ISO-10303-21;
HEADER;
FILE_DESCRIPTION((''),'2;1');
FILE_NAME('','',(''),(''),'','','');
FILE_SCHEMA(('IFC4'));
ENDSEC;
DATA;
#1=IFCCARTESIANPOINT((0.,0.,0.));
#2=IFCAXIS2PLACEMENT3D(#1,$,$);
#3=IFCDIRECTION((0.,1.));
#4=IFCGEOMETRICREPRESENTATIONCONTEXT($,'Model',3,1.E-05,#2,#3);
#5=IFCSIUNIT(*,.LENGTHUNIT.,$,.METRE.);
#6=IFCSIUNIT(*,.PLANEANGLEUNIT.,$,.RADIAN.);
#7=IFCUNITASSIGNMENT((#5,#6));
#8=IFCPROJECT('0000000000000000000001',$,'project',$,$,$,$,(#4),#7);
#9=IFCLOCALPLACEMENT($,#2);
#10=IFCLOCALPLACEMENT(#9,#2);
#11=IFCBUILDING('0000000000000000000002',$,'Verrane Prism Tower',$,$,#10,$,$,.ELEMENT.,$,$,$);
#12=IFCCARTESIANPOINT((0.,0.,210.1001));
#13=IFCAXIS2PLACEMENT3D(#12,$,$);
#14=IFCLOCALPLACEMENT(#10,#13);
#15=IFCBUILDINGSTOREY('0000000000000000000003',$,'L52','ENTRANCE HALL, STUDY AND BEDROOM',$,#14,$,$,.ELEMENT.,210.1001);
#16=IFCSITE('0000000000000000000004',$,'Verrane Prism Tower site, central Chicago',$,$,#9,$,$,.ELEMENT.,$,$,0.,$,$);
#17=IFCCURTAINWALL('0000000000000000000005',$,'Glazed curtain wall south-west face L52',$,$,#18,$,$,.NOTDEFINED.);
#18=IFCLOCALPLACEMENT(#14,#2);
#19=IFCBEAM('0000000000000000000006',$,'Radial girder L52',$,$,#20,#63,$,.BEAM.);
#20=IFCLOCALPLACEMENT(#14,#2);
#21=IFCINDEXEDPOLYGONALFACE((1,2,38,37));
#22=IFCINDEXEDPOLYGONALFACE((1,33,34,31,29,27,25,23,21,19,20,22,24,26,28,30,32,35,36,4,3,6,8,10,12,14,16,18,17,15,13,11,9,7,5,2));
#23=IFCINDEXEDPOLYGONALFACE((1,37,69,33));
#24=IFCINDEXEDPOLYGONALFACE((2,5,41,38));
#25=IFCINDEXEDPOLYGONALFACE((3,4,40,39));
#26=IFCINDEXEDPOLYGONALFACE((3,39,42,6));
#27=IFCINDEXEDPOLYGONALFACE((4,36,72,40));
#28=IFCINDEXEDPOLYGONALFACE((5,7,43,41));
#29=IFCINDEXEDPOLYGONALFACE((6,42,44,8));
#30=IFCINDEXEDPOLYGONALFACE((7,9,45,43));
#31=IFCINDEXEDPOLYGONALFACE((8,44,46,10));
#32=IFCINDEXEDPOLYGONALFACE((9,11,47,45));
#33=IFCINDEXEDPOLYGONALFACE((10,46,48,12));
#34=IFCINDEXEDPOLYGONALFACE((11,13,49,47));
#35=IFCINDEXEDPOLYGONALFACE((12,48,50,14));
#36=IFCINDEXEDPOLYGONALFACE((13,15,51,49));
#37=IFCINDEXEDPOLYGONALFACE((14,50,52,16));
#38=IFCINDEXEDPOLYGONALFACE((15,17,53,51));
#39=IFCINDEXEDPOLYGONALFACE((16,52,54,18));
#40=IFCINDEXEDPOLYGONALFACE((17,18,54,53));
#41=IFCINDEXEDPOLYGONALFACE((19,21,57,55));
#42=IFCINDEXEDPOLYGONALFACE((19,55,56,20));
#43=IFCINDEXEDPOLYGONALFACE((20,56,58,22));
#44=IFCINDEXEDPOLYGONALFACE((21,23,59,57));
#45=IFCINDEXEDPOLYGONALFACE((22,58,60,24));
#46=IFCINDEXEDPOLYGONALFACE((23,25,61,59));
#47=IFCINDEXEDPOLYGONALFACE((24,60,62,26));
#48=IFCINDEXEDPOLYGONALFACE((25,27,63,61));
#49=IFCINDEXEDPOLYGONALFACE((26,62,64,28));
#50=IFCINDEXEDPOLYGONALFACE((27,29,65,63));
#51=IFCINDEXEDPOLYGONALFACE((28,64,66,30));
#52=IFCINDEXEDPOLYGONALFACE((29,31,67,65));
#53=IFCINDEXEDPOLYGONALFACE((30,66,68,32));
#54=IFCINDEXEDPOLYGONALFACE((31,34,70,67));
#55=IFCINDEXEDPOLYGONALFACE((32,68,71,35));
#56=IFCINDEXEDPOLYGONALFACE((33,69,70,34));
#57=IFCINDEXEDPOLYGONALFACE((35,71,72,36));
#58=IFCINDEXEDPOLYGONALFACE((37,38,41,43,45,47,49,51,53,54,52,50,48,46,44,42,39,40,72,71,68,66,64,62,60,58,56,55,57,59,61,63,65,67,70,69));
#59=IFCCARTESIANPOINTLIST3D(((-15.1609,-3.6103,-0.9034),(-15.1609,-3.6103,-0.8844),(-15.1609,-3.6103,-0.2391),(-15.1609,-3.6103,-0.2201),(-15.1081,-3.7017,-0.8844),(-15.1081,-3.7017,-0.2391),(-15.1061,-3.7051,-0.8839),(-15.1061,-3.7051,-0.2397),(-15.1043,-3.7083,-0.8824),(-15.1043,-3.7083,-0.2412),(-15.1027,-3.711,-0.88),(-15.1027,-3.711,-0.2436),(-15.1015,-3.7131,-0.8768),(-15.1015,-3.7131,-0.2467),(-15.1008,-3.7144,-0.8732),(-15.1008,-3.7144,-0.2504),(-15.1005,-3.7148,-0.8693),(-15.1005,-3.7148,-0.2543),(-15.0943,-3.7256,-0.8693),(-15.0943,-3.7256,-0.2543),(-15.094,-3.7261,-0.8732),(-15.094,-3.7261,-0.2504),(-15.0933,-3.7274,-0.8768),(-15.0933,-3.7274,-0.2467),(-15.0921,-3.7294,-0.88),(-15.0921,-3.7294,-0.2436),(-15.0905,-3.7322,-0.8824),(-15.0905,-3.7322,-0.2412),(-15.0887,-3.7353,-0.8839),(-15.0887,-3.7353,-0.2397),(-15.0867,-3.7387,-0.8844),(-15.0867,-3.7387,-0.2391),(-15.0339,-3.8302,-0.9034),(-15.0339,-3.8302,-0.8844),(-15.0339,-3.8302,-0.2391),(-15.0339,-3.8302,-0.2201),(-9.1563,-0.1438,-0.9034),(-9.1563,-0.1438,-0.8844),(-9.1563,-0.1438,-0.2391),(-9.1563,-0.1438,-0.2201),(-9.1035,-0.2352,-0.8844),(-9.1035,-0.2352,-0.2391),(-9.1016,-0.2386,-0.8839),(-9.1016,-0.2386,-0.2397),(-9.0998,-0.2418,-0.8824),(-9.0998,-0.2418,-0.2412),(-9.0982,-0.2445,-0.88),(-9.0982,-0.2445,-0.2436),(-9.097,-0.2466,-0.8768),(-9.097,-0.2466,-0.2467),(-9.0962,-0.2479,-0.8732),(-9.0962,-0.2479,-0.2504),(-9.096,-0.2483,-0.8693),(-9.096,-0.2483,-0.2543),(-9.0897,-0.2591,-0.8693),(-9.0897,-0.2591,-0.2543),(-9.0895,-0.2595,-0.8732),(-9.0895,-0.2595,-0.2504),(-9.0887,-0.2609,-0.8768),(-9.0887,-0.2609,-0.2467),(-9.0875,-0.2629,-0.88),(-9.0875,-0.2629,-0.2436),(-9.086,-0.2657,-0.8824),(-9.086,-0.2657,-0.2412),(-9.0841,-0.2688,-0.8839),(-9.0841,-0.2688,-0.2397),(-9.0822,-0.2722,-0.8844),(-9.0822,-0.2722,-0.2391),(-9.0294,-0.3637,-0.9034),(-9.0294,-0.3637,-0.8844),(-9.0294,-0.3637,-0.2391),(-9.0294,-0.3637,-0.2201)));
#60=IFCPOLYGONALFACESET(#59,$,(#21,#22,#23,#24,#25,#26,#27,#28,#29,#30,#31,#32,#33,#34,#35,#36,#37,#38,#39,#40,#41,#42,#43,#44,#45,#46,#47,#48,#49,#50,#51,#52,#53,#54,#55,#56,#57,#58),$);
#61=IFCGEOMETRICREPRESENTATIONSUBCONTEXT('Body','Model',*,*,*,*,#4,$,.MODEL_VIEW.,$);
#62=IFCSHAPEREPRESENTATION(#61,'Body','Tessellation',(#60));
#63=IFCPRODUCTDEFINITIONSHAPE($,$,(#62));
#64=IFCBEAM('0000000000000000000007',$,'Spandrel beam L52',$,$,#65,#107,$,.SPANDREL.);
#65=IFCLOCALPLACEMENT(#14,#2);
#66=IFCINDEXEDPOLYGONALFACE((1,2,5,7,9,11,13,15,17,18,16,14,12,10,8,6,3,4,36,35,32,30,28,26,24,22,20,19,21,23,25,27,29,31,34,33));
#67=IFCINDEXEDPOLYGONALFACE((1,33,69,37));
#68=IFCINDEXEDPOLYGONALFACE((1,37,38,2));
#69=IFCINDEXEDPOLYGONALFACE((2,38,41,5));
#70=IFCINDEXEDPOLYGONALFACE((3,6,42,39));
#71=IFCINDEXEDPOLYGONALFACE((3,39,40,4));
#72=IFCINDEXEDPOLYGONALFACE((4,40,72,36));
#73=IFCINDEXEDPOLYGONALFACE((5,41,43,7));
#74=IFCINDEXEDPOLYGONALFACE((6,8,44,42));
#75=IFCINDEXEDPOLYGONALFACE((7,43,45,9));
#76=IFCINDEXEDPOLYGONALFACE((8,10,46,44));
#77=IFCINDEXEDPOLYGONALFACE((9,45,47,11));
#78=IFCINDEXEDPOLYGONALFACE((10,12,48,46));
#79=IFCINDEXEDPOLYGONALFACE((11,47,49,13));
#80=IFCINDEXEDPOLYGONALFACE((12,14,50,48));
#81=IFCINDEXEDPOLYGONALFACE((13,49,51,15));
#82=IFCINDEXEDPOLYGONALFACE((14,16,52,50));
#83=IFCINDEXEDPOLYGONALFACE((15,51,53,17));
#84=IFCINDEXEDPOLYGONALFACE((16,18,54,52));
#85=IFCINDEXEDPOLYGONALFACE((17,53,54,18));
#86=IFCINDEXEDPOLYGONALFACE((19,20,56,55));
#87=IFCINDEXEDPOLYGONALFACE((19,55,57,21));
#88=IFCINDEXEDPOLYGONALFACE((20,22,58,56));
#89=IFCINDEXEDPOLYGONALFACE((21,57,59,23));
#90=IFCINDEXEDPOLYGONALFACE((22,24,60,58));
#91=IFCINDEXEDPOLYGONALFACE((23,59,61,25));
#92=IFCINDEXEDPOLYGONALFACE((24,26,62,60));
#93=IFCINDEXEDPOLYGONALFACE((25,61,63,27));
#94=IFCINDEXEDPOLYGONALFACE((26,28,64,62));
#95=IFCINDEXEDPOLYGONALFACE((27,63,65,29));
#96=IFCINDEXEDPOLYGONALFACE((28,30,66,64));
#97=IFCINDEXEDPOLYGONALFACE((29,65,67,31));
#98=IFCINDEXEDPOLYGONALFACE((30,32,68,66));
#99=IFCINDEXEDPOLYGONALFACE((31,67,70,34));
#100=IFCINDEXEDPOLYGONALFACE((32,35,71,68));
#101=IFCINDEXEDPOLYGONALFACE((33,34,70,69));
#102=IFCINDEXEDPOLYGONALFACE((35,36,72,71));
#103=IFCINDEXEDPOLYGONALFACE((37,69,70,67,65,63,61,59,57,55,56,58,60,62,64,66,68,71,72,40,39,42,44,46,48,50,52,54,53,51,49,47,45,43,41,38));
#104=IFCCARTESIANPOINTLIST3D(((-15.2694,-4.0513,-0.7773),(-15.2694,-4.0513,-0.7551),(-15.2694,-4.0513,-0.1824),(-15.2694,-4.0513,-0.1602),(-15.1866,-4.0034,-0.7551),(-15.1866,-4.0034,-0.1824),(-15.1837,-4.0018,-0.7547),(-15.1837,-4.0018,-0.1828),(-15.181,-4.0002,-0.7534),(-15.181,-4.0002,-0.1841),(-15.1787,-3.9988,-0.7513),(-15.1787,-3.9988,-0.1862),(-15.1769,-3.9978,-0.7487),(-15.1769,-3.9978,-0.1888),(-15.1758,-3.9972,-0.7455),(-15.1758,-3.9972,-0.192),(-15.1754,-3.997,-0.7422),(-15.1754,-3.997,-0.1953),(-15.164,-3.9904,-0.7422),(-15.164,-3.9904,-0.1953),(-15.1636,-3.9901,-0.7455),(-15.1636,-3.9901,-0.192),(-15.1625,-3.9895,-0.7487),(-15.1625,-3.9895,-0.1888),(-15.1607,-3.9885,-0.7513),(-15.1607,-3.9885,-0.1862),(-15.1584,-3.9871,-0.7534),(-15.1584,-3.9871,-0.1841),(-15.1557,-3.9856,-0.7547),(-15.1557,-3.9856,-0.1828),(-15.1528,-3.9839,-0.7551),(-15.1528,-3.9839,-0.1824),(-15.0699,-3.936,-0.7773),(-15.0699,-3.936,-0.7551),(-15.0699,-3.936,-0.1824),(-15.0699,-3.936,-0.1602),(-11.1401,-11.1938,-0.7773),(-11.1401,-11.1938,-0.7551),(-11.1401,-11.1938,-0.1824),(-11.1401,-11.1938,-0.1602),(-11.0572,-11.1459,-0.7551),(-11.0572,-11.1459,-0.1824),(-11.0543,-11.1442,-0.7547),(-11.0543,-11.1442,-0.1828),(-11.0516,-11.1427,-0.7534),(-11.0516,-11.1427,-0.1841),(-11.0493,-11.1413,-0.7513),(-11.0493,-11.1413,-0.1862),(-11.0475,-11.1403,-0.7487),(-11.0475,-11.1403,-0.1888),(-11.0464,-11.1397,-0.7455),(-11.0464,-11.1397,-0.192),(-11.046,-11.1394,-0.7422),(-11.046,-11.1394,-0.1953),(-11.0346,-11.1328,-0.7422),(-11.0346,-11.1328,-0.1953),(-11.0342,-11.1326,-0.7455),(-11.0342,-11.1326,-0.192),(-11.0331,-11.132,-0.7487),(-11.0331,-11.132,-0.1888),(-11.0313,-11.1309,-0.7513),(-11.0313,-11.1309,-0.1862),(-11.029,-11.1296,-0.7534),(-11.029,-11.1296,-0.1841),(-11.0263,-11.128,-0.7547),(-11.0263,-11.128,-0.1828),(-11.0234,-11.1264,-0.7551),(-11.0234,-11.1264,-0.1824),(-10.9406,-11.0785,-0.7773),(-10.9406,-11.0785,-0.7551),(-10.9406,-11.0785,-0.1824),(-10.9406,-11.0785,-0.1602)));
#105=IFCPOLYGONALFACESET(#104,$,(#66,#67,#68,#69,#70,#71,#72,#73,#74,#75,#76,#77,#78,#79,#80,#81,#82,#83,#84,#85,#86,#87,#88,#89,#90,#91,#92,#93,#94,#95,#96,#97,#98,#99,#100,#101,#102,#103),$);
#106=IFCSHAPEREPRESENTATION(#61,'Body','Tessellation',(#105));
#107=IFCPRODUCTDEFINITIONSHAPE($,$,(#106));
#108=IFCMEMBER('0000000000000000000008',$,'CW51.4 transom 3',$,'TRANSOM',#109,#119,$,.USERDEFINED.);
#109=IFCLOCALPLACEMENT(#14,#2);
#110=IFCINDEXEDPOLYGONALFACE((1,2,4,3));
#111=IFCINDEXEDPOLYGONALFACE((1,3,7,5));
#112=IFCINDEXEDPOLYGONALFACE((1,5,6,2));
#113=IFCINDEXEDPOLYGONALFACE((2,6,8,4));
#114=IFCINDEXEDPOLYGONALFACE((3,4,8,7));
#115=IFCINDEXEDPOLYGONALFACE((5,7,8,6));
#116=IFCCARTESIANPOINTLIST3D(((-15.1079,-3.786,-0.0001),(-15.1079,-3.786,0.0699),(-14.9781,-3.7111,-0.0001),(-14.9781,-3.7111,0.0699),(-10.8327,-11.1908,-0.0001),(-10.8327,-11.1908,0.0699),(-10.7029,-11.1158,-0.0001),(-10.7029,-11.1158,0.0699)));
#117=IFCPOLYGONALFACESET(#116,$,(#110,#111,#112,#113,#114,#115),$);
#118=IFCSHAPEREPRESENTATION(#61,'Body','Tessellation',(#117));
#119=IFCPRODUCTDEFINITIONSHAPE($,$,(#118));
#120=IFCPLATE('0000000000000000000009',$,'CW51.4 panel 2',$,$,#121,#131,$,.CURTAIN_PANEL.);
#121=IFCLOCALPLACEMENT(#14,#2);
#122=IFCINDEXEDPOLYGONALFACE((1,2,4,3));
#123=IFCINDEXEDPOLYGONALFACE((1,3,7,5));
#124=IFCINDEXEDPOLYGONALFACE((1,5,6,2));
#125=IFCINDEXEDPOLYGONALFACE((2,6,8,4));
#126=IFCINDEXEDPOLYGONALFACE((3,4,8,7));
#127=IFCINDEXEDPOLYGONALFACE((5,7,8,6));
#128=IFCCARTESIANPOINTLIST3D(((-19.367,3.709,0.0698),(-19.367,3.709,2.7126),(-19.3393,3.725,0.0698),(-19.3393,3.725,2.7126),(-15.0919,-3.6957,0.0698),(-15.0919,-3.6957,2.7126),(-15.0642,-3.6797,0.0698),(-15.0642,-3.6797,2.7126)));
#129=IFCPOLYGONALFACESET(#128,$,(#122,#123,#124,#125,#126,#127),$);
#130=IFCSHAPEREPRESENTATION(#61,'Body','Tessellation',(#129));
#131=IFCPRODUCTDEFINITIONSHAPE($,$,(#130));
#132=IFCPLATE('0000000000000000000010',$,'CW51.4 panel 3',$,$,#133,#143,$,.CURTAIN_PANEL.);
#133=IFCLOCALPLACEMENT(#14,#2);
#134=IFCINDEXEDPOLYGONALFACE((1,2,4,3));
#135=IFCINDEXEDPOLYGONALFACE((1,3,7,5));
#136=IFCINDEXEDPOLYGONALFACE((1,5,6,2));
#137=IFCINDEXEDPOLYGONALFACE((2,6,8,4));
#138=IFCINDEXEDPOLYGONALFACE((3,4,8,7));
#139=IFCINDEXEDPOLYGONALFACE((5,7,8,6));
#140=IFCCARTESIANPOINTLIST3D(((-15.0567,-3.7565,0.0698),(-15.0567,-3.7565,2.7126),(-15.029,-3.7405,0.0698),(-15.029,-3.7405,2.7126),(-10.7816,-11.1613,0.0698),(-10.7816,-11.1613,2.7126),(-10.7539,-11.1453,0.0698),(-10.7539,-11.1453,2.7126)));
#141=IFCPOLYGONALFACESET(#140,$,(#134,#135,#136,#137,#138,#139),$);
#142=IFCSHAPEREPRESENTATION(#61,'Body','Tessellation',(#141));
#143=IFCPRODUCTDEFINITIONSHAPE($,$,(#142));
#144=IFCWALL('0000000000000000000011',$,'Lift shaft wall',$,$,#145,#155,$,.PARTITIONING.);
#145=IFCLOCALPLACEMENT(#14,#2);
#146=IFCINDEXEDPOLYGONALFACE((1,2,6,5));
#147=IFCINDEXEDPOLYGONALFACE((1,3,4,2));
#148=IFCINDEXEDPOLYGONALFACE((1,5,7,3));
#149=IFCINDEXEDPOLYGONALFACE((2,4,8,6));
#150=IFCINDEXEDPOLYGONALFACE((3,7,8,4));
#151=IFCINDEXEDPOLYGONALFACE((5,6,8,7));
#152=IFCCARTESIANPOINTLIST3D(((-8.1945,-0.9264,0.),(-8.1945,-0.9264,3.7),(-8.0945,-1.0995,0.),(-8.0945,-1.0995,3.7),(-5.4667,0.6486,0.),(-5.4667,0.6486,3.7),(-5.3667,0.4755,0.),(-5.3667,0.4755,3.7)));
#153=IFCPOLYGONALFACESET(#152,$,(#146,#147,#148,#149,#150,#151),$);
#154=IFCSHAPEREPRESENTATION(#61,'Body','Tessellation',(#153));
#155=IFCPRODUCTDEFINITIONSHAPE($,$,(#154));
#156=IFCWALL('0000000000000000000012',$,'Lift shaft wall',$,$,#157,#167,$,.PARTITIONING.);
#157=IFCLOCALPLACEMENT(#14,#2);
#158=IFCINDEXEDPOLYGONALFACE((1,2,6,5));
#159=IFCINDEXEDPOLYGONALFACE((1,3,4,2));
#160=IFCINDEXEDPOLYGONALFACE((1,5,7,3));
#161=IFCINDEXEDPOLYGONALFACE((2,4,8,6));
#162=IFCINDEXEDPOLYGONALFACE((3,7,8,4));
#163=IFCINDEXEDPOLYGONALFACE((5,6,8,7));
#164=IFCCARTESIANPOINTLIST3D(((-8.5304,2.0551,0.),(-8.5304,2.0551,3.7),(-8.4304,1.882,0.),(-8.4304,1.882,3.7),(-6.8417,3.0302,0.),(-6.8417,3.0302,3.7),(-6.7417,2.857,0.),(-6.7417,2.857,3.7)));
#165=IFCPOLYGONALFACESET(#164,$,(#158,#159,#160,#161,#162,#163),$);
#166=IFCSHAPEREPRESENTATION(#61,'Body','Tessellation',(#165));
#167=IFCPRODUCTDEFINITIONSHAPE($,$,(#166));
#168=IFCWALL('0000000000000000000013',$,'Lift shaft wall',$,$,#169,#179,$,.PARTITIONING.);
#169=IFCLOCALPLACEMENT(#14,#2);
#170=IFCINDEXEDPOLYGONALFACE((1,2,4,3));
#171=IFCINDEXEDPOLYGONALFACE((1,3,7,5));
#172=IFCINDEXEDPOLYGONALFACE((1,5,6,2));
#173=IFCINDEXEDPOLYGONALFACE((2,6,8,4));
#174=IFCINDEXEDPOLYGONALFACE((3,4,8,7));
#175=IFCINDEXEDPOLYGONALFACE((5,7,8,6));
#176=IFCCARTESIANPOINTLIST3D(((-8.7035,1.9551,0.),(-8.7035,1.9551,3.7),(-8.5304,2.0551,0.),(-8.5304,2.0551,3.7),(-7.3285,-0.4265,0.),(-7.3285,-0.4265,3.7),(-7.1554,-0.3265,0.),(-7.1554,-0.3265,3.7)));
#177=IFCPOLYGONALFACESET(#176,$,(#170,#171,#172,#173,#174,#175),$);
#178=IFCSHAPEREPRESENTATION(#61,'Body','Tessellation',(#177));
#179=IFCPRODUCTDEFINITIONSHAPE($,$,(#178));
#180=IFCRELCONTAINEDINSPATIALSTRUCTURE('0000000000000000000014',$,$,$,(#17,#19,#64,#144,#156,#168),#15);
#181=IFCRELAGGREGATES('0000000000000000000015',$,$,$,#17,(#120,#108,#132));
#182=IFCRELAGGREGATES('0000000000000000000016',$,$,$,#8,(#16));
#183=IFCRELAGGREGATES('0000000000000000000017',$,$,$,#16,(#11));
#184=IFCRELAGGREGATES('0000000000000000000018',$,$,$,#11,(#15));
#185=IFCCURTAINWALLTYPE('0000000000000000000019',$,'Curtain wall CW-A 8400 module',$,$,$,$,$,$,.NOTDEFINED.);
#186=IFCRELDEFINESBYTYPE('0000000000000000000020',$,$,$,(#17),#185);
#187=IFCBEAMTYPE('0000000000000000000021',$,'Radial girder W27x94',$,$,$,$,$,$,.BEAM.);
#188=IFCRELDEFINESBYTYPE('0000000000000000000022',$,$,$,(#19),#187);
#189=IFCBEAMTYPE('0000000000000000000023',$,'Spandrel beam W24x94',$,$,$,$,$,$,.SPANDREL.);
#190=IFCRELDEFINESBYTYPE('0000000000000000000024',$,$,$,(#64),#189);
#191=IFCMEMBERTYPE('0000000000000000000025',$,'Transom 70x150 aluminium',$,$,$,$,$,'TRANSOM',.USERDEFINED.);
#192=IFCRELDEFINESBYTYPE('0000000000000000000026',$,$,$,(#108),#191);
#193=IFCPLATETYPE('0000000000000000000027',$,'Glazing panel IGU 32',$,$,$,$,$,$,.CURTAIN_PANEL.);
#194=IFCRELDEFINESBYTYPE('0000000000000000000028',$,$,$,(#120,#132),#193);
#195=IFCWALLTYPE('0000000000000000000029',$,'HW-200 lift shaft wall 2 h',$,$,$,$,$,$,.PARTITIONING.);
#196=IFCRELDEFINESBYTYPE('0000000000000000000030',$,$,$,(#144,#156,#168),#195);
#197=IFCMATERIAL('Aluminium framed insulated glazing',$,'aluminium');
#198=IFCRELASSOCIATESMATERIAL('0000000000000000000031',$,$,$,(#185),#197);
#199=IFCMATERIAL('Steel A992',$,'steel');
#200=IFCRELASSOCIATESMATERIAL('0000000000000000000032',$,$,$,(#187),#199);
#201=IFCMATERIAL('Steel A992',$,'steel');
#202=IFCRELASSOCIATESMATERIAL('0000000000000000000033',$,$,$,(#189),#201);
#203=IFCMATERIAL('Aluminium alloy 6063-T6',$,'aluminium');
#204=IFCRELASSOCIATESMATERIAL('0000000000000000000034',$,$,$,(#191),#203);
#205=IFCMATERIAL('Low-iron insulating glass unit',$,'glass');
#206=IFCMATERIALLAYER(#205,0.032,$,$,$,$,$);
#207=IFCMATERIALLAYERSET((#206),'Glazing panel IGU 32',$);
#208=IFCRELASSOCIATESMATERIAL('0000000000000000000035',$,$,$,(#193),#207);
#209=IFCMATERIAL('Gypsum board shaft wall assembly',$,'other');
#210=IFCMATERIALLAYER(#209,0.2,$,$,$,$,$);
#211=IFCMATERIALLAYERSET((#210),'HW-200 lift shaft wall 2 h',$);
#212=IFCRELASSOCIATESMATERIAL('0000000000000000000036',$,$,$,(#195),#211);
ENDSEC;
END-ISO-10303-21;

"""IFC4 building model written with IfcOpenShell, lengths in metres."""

from ifc_helpers import new_model, si_unit, direction, frame, frame_2d, origin, origin_2d, place, context, subcontext, project, spatial, rectangle, i_section, extrude, material, layer, layer_set, material_profile, profile_set, type_object, element, aggregate, save


model = new_model("IFC4")

# Units and contexts
model_context = context("Model", 3, precision=1e-05, world=origin(), true_north=direction((0.0, 1.0)))
body_context = subcontext(model_context, "Body", "Model", "MODEL_VIEW")
ifc_project = project(units=[si_unit("LENGTHUNIT", "METRE"), si_unit("PLANEANGLEUNIT", "RADIAN")], contexts=[model_context])

# Site, building, storey
site_placement = place(None, origin())
site = spatial("IfcSite", under=ifc_project, at=site_placement, Name="Verrane Prism Tower site, central Chicago", CompositionType="ELEMENT", RefElevation=0.0)
building_placement = place(site_placement, origin())
building = spatial("IfcBuilding", under=site, at=building_placement, Name="Verrane Prism Tower", CompositionType="ELEMENT")
storey_placement = place(building_placement, frame((0.0, 0.0, 210.1001)))
storey = spatial("IfcBuildingStorey", under=building, at=storey_placement, Name="L52", Description="ENTRANCE HALL, STUDY AND BEDROOM", CompositionType="ELEMENT", Elevation=210.1001)

# Curtain wall
ifc_material_1 = material(Name="Aluminium framed insulated glazing", Category="aluminium")
curtain_wall_type = type_object("IfcCurtainWallType", Name="Curtain wall CW-A 8400 module", PredefinedType="NOTDEFINED", material=ifc_material_1)
curtain_wall_placement = place(storey_placement, origin())
curtain_wall = element("IfcCurtainWall", 1, at=curtain_wall_placement, inside=storey, type_object=curtain_wall_type, Name="Glazed curtain wall south-west face L52", PredefinedType="NOTDEFINED")

# Beams
ifc_material_2 = material(Name="Steel A992", Category="steel")
ifc_material_profile_1 = material_profile(ifc_material_2, i_section(OverallWidth=0.2539, OverallDepth=0.6833, WebThickness=0.0125, FlangeThickness=0.019, FilletRadius=0.0151, at=origin_2d()), Name="W27x94")
ifc_profile_set_1 = profile_set([ifc_material_profile_1], Name="Steel A992")
beam_type_1 = type_object("IfcBeamType", Name="Radial girder W27x94", PredefinedType="BEAM", material=ifc_profile_set_1)
beam_1_placement = place(storey_placement, frame((-15.0974, -3.7202, -0.5618), z_axis=(0.86604, 0.499975, 0.0), x_axis=(-0.499975, 0.86604, 0.0)))
element("IfcBeam", 2, at=beam_1_placement, inside=storey, type_object=beam_type_1, Name="Radial girder L52", PredefinedType="BEAM", context=body_context, shape_type="SweptSolid", body=[
    extrude(i_section(OverallWidth=0.2539, OverallDepth=0.6833, WebThickness=0.0125, FlangeThickness=0.019, FilletRadius=0.0151, at=origin_2d()), origin(), (0.0, 0.0, 1.0), 6.9333),
])
ifc_material_3 = material(Name="Steel A992", Category="steel")
ifc_material_profile_2 = material_profile(ifc_material_3, i_section(OverallWidth=0.2305, OverallDepth=0.6172, WebThickness=0.0132, FlangeThickness=0.0222, FilletRadius=0.0129, at=origin_2d()), Name="W24x94")
ifc_profile_set_2 = profile_set([ifc_material_profile_2], Name="Steel A992")
beam_type_2 = type_object("IfcBeamType", Name="Spandrel beam W24x94", PredefinedType="SPANDREL", material=ifc_profile_set_2)
beam_2_placement = place(storey_placement, frame((-15.1697, -3.9937, -0.4688), z_axis=(0.500511, -0.86573, 0.0), x_axis=(0.86573, 0.500511, 0.0)))
element("IfcBeam", 3, at=beam_2_placement, inside=storey, type_object=beam_type_2, Name="Spandrel beam L52", PredefinedType="SPANDREL", context=body_context, shape_type="SweptSolid", body=[
    extrude(i_section(OverallWidth=0.2305, OverallDepth=0.6172, WebThickness=0.0132, FlangeThickness=0.0222, FilletRadius=0.0129, at=origin_2d()), origin(), (0.0, 0.0, 1.0), 8.2502),
])

# Member
ifc_material_4 = material(Name="Aluminium alloy 6063-T6", Category="aluminium")
ifc_material_profile_3 = material_profile(ifc_material_4, rectangle(XDim=0.1499, YDim=0.0701, at=origin_2d()), Name="Transom 70x150 aluminium")
ifc_profile_set_3 = profile_set([ifc_material_profile_3], Name="Aluminium alloy 6063-T6")
member_type_1 = type_object("IfcMemberType", Name="Transom 70x150 aluminium", ElementType="TRANSOM", PredefinedType="USERDEFINED", material=ifc_profile_set_3)
member_1_placement = place(storey_placement, frame((-15.043, -3.7485, 0.0349), z_axis=(0.499999, -0.866026, 0.0), x_axis=(0.866026, 0.499999, 0.0)))
member_1 = element("IfcMember", 4, at=member_1_placement, type_object=member_type_1, Name="CW51.4 transom 3", ObjectType="TRANSOM", PredefinedType="USERDEFINED", context=body_context, shape_type="SweptSolid", body=[
    extrude(rectangle(XDim=0.1499, YDim=0.0701, at=origin_2d()), origin(), (0.0, 0.0, 1.0), 8.5503),
])

# Plates
ifc_material_5 = material(Name="Low-iron insulating glass unit", Category="glass")
ifc_layer_1 = layer(ifc_material_5, 0.032)
ifc_layer_set_1 = layer_set([ifc_layer_1], Name="Glazing panel IGU 32")
plate_type = type_object("IfcPlateType", Name="Glazing panel IGU 32", PredefinedType="CURTAIN_PANEL", material=ifc_layer_set_1)
plate_1_placement = place(storey_placement, frame((-17.2156, 0.0146, 0.0698), z_axis=(0.0, 0.0, 1.0), x_axis=(0.499999, -0.866026, 0.0)))
plate_1 = element("IfcPlate", 5, at=plate_1_placement, type_object=plate_type, Name="CW51.4 panel 2", PredefinedType="CURTAIN_PANEL", context=body_context, shape_type="SweptSolid", body=[
    extrude(rectangle(XDim=8.5503, YDim=0.032, at=origin_2d()), origin(), (0.0, 0.0, 1.0), 2.6428),
])
plate_2_placement = place(storey_placement, frame((-12.9053, -7.4509, 0.0698), z_axis=(0.0, 0.0, 1.0), x_axis=(0.499999, -0.866026, 0.0)))
plate_2 = element("IfcPlate", 6, at=plate_2_placement, type_object=plate_type, Name="CW51.4 panel 3", PredefinedType="CURTAIN_PANEL", context=body_context, shape_type="SweptSolid", body=[
    extrude(rectangle(XDim=8.5503, YDim=0.032, at=origin_2d()), origin(), (0.0, 0.0, 1.0), 2.6428),
])
aggregate(curtain_wall, [plate_1, member_1, plate_2])

# Walls
ifc_material_6 = material(Name="Gypsum board shaft wall assembly", Category="other")
ifc_layer_2 = layer(ifc_material_6, 0.2)
ifc_layer_set_2 = layer_set([ifc_layer_2], Name="HW-200 lift shaft wall 2 h")
wall_type_1 = type_object("IfcWallType", Name="HW-200 lift shaft wall 2 h", PredefinedType="PARTITIONING", material=ifc_layer_set_2)
wall_1_placement = place(storey_placement, frame((-8.1445, -1.0129, 0.0), z_axis=(0.0, 0.0, 1.0), x_axis=(0.866016, 0.500015, 0.0)))
element("IfcWall", 7, at=wall_1_placement, inside=storey, type_object=wall_type_1, Name="Lift shaft wall", PredefinedType="PARTITIONING", context=body_context, shape_type="SweptSolid", body=[
    extrude(rectangle(XDim=3.1499, YDim=0.2, at=frame_2d((1.575, 0.0))), origin(), (0.0, 0.0, 1.0), 3.7),
])
wall_2_placement = place(storey_placement, frame((-8.4805, 1.9685, 0.0), z_axis=(0.0, 0.0, 1.0), x_axis=(0.866, 0.500044, 0.0)))
element("IfcWall", 8, at=wall_2_placement, inside=storey, type_object=wall_type_1, Name="Lift shaft wall", PredefinedType="PARTITIONING", context=body_context, shape_type="SweptSolid", body=[
    extrude(rectangle(XDim=1.95, YDim=0.2, at=frame_2d((0.9751, 0.0))), origin(), (0.0, 0.0, 1.0), 3.7),
])
wall_3_placement = place(storey_placement, frame((-7.2419, -0.3765, 0.0), z_axis=(0.0, 0.0, 1.0), x_axis=(-0.499997, 0.866027, 0.0)))
element("IfcWall", 9, at=wall_3_placement, inside=storey, type_object=wall_type_1, Name="Lift shaft wall", PredefinedType="PARTITIONING", context=body_context, shape_type="SweptSolid", body=[
    extrude(rectangle(XDim=2.75, YDim=0.2, at=frame_2d((1.375, 0.0))), origin(), (0.0, 0.0, 1.0), 3.7),
])

save(model, "model.ifc")
